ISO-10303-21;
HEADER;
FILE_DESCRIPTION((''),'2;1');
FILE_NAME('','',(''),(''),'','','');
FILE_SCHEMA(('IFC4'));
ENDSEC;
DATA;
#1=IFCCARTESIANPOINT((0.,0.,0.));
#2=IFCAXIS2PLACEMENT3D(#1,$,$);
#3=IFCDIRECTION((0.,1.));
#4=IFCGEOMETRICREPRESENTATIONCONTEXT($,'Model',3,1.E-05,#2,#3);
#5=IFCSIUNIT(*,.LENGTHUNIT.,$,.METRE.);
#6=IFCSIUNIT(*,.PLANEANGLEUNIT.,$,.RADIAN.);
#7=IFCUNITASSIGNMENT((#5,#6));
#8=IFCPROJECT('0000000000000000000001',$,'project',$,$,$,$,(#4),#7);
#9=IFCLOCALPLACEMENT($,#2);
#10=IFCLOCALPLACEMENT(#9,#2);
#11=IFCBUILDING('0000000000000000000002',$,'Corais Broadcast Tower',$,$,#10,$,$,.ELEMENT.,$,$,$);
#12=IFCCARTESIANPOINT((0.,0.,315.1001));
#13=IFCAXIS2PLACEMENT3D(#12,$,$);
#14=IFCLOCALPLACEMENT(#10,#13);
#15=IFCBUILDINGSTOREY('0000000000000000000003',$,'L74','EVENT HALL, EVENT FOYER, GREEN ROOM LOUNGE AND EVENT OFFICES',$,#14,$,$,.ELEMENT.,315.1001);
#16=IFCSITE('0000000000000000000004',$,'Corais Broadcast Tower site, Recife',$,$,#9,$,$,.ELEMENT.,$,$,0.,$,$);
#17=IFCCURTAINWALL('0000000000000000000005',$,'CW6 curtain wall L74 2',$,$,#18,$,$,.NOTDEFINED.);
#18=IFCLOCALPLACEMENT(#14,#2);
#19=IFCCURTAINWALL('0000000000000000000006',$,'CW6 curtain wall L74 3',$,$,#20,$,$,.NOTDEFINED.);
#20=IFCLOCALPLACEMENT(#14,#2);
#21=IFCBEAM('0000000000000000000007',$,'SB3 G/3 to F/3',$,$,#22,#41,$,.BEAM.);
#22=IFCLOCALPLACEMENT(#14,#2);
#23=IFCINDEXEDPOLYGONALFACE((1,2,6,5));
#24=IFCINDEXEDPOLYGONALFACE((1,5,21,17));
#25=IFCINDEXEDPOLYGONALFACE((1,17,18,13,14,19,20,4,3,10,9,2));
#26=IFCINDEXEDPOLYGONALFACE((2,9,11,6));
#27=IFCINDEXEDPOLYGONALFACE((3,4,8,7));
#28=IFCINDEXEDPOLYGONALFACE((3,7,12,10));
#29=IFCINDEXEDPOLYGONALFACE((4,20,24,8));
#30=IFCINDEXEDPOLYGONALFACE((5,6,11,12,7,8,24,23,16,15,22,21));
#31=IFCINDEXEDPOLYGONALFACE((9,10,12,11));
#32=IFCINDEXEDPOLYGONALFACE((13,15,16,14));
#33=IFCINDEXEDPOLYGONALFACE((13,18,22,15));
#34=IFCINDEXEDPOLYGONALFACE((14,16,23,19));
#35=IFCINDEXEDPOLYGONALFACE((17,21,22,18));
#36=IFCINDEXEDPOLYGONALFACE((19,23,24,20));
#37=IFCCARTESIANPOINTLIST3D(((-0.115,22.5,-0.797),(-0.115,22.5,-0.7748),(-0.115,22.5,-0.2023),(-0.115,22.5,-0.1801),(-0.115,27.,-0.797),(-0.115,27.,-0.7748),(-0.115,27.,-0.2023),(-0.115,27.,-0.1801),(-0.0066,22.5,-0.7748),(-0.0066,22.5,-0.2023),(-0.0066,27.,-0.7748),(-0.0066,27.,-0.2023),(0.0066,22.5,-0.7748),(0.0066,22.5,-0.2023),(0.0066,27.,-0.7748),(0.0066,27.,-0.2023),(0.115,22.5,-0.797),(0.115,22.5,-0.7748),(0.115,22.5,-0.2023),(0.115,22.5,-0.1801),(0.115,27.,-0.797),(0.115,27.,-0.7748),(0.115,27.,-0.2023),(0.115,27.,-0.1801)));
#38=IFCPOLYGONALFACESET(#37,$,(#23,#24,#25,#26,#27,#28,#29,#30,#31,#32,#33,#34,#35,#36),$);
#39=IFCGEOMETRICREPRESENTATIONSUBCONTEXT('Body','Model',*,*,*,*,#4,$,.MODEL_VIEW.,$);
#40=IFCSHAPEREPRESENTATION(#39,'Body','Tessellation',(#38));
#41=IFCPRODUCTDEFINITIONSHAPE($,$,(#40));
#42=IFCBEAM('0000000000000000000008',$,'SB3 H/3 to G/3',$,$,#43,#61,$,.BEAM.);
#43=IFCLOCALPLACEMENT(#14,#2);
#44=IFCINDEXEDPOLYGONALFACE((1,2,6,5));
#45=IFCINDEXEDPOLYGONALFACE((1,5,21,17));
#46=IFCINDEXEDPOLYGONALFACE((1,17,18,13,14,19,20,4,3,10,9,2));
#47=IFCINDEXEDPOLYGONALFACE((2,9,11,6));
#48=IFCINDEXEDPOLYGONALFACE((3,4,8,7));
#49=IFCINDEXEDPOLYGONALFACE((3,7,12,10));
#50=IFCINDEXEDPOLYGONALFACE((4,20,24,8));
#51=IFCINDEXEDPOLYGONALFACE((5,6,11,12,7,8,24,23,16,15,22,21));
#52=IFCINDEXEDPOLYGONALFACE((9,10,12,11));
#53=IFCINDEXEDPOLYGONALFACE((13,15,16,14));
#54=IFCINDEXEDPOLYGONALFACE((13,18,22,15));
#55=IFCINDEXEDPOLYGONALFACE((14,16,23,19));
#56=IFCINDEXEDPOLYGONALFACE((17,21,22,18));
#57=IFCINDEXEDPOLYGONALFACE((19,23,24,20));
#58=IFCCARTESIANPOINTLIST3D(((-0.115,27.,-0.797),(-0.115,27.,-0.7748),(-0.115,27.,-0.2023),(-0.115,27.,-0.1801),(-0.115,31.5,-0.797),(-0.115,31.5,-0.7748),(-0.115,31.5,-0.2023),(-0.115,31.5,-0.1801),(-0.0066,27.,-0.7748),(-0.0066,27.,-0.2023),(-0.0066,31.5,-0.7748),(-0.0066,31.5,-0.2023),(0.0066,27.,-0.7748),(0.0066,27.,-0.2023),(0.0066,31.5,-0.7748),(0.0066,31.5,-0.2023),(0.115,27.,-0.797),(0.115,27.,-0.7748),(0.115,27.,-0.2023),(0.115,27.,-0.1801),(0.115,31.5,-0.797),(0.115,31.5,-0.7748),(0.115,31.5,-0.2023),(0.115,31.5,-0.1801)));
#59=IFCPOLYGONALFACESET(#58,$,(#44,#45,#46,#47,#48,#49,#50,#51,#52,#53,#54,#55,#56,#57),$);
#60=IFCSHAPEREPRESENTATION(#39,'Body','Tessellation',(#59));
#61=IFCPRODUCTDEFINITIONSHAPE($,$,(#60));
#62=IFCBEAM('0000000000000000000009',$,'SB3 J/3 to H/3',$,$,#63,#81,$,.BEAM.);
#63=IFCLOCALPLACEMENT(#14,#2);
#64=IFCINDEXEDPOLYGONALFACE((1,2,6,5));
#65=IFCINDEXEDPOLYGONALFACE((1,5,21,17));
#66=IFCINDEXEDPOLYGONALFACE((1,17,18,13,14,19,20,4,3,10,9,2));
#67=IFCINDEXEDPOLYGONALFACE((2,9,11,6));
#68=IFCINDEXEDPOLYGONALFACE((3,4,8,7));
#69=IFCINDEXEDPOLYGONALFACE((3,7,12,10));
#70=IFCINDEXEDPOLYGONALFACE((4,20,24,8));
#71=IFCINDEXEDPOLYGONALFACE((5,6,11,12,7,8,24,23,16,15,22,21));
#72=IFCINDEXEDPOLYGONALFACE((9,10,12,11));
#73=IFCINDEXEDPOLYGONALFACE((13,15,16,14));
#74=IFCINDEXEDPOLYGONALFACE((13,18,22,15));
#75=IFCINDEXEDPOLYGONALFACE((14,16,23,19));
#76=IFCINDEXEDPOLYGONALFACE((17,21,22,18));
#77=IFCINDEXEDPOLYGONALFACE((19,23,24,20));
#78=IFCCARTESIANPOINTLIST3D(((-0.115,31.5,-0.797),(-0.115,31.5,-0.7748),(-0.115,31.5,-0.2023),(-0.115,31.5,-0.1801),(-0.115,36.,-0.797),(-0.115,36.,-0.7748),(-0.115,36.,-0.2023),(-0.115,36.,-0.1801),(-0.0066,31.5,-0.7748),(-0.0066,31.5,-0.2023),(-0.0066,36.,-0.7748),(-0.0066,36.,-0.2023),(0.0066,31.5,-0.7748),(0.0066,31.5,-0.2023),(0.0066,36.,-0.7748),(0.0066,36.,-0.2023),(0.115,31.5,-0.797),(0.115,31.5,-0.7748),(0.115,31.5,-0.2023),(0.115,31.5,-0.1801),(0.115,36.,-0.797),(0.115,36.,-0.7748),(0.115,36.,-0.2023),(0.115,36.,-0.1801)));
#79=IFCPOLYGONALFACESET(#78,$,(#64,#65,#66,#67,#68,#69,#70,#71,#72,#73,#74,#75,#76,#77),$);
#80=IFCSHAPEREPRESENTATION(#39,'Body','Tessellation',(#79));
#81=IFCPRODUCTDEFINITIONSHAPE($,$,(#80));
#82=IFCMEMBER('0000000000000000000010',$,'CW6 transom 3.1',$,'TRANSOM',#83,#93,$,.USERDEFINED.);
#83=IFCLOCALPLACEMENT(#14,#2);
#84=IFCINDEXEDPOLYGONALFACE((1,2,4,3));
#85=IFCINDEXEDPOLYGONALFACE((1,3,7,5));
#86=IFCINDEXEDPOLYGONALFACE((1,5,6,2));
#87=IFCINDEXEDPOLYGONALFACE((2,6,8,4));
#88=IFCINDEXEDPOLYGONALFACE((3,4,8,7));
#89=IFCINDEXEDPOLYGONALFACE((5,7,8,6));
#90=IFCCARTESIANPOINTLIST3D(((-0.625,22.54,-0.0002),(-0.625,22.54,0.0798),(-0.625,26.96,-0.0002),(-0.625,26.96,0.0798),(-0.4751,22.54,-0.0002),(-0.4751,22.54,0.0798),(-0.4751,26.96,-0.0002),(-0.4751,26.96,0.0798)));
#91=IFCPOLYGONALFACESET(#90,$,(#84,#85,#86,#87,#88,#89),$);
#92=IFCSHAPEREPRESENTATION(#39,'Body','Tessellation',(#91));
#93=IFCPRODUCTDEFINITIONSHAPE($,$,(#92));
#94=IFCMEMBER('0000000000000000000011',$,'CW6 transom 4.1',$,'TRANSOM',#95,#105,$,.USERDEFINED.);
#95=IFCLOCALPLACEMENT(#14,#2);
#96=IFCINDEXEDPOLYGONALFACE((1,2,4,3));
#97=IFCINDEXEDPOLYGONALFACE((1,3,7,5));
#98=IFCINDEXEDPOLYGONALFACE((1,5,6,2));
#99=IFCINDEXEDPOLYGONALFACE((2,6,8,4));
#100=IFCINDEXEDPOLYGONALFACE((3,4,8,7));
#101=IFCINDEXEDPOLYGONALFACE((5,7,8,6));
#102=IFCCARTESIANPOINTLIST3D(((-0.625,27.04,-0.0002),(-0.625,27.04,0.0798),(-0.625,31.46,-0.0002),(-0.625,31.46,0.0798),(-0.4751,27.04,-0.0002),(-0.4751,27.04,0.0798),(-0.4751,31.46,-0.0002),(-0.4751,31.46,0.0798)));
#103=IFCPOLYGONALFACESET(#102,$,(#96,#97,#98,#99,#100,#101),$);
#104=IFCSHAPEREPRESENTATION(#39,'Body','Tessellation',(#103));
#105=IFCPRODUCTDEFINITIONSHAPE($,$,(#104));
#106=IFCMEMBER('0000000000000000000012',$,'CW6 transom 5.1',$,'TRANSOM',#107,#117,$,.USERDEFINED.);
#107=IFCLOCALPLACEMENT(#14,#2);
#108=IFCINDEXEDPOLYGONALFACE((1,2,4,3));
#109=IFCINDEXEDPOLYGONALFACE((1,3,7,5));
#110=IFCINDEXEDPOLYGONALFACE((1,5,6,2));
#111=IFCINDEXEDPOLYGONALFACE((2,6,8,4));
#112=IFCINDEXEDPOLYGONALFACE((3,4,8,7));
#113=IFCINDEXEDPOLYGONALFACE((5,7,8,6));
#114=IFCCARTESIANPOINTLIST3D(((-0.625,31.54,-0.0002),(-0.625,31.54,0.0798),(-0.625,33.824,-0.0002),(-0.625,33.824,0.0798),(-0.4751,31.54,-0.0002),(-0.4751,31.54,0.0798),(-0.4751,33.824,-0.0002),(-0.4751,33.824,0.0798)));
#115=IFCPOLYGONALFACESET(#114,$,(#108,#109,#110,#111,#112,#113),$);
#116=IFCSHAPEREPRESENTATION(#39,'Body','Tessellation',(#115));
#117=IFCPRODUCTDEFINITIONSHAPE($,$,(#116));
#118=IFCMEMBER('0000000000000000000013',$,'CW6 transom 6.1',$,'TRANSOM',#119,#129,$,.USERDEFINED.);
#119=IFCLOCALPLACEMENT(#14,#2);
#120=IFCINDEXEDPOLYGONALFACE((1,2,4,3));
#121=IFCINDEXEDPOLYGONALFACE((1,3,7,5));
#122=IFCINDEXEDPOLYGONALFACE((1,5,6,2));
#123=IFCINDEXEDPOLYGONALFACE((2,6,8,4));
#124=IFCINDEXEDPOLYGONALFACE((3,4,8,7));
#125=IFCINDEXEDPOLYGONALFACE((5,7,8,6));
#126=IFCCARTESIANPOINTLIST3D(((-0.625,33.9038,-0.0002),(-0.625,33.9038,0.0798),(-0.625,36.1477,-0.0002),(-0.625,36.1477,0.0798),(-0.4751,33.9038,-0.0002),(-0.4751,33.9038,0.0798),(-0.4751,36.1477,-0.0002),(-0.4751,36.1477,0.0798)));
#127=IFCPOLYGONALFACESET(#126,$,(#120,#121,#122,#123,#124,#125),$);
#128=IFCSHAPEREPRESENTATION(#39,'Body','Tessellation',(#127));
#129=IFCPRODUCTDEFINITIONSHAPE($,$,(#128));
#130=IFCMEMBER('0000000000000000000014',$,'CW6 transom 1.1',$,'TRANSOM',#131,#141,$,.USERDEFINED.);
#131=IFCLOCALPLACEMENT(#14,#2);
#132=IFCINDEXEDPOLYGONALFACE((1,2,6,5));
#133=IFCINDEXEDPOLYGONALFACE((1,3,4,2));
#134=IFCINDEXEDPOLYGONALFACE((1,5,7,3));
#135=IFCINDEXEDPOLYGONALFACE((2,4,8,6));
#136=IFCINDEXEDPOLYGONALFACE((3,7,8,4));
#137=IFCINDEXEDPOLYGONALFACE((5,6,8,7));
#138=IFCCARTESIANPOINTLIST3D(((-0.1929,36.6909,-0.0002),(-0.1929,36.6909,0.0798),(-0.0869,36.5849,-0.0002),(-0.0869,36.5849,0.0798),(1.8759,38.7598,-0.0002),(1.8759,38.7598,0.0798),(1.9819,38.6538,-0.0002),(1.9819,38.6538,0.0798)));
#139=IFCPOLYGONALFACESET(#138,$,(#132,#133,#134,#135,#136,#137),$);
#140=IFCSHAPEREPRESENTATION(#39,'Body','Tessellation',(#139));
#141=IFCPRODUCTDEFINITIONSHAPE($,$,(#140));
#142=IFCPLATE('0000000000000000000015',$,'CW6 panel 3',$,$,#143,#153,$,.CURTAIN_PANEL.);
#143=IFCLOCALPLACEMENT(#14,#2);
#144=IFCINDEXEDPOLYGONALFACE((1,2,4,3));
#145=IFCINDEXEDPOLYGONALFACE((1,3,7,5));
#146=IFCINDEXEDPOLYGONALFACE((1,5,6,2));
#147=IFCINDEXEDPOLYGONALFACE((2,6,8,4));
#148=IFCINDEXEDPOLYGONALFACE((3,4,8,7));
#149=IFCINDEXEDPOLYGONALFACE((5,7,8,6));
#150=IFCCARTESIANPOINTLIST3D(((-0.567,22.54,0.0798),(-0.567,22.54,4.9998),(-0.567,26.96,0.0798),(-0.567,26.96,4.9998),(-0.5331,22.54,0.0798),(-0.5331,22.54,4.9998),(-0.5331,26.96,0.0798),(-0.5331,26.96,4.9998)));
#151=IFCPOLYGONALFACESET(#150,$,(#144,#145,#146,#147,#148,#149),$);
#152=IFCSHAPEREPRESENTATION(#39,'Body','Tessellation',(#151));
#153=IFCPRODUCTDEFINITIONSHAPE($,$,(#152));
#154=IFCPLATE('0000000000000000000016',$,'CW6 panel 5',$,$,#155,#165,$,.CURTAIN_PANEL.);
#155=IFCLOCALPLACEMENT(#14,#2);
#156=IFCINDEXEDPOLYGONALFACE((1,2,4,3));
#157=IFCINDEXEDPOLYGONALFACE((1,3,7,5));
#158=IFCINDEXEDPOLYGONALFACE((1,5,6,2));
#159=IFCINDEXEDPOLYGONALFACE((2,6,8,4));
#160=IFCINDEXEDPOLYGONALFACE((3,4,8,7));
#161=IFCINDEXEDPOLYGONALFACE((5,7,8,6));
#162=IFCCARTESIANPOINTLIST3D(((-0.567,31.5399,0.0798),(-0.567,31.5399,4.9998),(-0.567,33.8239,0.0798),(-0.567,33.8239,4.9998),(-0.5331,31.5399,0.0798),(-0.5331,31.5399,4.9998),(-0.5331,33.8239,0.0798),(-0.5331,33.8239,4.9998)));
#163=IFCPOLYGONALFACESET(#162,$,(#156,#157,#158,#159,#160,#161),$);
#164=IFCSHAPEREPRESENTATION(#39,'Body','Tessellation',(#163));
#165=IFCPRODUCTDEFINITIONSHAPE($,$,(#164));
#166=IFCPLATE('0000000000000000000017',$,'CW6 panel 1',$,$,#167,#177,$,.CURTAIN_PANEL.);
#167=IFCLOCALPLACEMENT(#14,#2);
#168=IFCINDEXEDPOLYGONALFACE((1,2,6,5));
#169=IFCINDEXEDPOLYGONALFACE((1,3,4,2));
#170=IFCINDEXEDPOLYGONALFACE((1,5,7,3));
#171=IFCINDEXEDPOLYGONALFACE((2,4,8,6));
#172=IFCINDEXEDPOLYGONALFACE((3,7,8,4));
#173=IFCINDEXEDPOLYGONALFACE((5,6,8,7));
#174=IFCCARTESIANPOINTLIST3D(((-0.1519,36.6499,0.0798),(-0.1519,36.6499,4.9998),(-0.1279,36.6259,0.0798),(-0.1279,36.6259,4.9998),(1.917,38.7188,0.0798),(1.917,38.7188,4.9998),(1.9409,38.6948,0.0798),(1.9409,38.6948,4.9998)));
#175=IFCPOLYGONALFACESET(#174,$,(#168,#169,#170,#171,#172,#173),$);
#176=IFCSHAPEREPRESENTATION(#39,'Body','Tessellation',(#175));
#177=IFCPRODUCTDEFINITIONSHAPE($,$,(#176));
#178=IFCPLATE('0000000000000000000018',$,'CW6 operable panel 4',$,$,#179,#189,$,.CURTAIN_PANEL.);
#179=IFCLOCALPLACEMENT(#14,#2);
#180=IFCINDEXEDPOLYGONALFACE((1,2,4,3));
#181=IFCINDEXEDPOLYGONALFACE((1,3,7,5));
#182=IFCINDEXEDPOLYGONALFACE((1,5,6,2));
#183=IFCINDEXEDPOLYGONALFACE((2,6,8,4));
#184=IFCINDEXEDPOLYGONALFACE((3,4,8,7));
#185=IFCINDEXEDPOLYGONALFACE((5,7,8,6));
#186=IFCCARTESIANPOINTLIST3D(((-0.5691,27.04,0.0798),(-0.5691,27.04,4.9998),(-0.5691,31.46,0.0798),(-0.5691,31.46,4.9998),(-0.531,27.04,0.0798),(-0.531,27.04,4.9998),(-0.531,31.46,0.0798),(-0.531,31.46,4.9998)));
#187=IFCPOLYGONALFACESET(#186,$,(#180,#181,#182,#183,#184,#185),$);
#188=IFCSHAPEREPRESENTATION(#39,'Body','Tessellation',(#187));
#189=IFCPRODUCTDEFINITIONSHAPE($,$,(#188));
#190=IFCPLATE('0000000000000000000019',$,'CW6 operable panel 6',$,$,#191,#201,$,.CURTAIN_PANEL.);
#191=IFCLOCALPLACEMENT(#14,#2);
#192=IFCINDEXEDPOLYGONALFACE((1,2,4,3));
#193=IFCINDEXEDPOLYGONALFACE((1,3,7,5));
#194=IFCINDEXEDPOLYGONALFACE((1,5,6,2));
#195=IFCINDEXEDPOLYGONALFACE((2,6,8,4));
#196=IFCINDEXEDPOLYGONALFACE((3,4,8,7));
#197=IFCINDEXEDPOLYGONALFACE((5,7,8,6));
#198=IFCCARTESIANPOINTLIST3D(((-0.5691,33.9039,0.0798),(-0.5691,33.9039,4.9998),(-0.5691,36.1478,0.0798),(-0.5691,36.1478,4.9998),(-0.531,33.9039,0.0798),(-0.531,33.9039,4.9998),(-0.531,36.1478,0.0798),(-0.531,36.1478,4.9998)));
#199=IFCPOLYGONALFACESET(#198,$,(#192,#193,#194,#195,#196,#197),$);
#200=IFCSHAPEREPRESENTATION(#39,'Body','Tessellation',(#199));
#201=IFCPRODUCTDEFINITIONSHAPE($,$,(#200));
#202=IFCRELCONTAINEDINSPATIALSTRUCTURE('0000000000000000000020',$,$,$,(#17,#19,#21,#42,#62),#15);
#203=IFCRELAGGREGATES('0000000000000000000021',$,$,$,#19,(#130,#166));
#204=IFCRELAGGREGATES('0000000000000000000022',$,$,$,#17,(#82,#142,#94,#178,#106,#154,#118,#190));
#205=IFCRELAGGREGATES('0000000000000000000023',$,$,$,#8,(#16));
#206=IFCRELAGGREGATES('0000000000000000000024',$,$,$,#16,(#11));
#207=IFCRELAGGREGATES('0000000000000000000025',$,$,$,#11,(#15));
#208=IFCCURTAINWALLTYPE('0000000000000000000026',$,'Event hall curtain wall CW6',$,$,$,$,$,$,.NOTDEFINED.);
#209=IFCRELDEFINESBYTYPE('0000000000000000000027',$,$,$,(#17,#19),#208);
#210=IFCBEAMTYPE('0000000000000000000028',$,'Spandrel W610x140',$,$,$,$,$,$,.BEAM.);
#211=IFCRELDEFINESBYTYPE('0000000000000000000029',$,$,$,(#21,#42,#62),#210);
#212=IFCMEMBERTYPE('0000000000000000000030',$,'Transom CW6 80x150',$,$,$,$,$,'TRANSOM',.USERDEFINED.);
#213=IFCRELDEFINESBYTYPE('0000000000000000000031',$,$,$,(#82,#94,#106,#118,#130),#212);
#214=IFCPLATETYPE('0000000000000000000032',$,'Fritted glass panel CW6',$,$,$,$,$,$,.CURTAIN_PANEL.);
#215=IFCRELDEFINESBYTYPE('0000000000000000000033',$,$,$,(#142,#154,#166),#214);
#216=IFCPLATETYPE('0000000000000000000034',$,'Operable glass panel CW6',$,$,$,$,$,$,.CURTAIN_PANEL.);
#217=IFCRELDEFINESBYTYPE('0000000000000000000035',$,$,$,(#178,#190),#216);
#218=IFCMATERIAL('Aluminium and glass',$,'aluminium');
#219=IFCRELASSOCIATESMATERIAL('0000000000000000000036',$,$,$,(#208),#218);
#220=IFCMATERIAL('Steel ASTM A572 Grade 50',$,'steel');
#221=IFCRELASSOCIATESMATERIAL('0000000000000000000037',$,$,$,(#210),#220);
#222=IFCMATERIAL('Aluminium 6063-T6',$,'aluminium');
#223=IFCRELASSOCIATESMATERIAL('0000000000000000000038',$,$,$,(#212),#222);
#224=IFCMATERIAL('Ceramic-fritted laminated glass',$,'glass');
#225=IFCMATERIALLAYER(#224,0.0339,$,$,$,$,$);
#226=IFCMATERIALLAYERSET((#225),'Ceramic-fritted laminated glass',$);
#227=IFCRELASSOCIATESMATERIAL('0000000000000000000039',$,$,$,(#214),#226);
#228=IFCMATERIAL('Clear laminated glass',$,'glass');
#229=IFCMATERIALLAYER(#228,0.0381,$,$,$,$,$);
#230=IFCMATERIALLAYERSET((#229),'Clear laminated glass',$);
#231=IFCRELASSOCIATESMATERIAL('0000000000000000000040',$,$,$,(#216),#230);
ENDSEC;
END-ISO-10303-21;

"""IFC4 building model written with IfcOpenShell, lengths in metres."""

from ifc_helpers import new_model, si_unit, direction, frame, origin, origin_2d, place, context, subcontext, project, spatial, rectangle, i_section, extrude, material, layer, layer_set, material_profile, profile_set, type_object, element, aggregate, save


model = new_model("IFC4")

# Units and contexts
model_context = context("Model", 3, precision=1e-05, world=origin(), true_north=direction((0.0, 1.0)))
body_context = subcontext(model_context, "Body", "Model", "MODEL_VIEW")
ifc_project = project(units=[si_unit("LENGTHUNIT", "METRE"), si_unit("PLANEANGLEUNIT", "RADIAN")], contexts=[model_context])

# Site, building, storey
site_placement = place(None, origin())
site = spatial("IfcSite", under=ifc_project, at=site_placement, Name="Corais Broadcast Tower site, Recife", CompositionType="ELEMENT", RefElevation=0.0)
building_placement = place(site_placement, origin())
building = spatial("IfcBuilding", under=site, at=building_placement, Name="Corais Broadcast Tower", CompositionType="ELEMENT")
storey_placement = place(building_placement, frame((0.0, 0.0, 315.1001)))
storey = spatial("IfcBuildingStorey", under=building, at=storey_placement, Name="L74", Description="EVENT HALL, EVENT FOYER, GREEN ROOM LOUNGE AND EVENT OFFICES", CompositionType="ELEMENT", Elevation=315.1001)

# Curtain wall
ifc_material_1 = material(Name="Aluminium and glass", Category="aluminium")
curtain_wall_type = type_object("IfcCurtainWallType", Name="Event hall curtain wall CW6", PredefinedType="NOTDEFINED", material=ifc_material_1)
curtain_wall_1_placement = place(storey_placement, origin())
curtain_wall_1 = element("IfcCurtainWall", 1, at=curtain_wall_1_placement, inside=storey, type_object=curtain_wall_type, Name="CW6 curtain wall L74 2", PredefinedType="NOTDEFINED")

# Curtain wall
curtain_wall_2_placement = place(storey_placement, origin())
curtain_wall_2 = element("IfcCurtainWall", 2, at=curtain_wall_2_placement, inside=storey, type_object=curtain_wall_type, Name="CW6 curtain wall L74 3", PredefinedType="NOTDEFINED")

# Beams
ifc_material_2 = material(Name="Steel ASTM A572 Grade 50", Category="steel")
ifc_material_profile_1 = material_profile(ifc_material_2, i_section(OverallWidth=0.23, OverallDepth=0.6169, WebThickness=0.0132, FlangeThickness=0.0222, at=origin_2d()), Name="W610x140")
ifc_profile_set_1 = profile_set([ifc_material_profile_1], Name="Steel ASTM A572 Grade 50")
beam_type_1 = type_object("IfcBeamType", Name="Spandrel W610x140", PredefinedType="BEAM", material=ifc_profile_set_1)
for number, where, z_axis, x_axis, name in (
    (3, (0.0, 27.0, -0.4885), (0.0, -1.0, 0.0), (1.0, 0.0, 0.0), "SB3 G/3 to F/3"),
    (4, (0.0, 31.5, -0.4885), (0.0, -1.0, 0.0), (1.0, 0.0, 0.0), "SB3 H/3 to G/3"),
    (5, (0.0, 36.0, -0.4885), (0.0, -1.0, 0.0), (1.0, 0.0, 0.0), "SB3 J/3 to H/3"),
):
    element("IfcBeam", number, at=place(storey_placement, frame(where, z_axis=z_axis, x_axis=x_axis)), inside=storey, type_object=beam_type_1, Name=name, PredefinedType="BEAM", context=body_context, shape_type="SweptSolid", body=[
        extrude(i_section(OverallWidth=0.23, OverallDepth=0.6169, WebThickness=0.0132, FlangeThickness=0.0222, at=origin_2d()), origin(), (0.0, 0.0, 1.0), 4.5),
    ])

# Members
ifc_material_3 = material(Name="Aluminium 6063-T6", Category="aluminium")
ifc_material_profile_2 = material_profile(ifc_material_3, rectangle(XDim=0.1499, YDim=0.0801, at=origin_2d()), Name="Transom CW6 80x150")
ifc_profile_set_2 = profile_set([ifc_material_profile_2], Name="Aluminium 6063-T6")
member_type_1 = type_object("IfcMemberType", Name="Transom CW6 80x150", ElementType="TRANSOM", PredefinedType="USERDEFINED", material=ifc_profile_set_2)
member_1_placement = place(storey_placement, frame((-0.55, 22.54, 0.0398), z_axis=(0.0, 1.0, 0.0), x_axis=(-1.0, 0.0, 0.0)))
member_1 = element("IfcMember", 6, at=member_1_placement, type_object=member_type_1, Name="CW6 transom 3.1", ObjectType="TRANSOM", PredefinedType="USERDEFINED", context=body_context, shape_type="SweptSolid", body=[
    extrude(rectangle(XDim=0.1499, YDim=0.0801, at=origin_2d()), origin(), (0.0, 0.0, 1.0), 4.4199),
])
member_2_placement = place(storey_placement, frame((-0.55, 27.04, 0.0398), z_axis=(0.0, 1.0, 0.0), x_axis=(-1.0, 0.0, 0.0)))
member_2 = element("IfcMember", 7, at=member_2_placement, type_object=member_type_1, Name="CW6 transom 4.1", ObjectType="TRANSOM", PredefinedType="USERDEFINED", context=body_context, shape_type="SweptSolid", body=[
    extrude(rectangle(XDim=0.1499, YDim=0.0801, at=origin_2d()), origin(), (0.0, 0.0, 1.0), 4.4199),
])
member_3_placement = place(storey_placement, frame((-0.55, 31.54, 0.0398), z_axis=(0.0, 1.0, 0.0), x_axis=(-1.0, 0.0, 0.0)))
member_3 = element("IfcMember", 8, at=member_3_placement, type_object=member_type_1, Name="CW6 transom 5.1", ObjectType="TRANSOM", PredefinedType="USERDEFINED", context=body_context, shape_type="SweptSolid", body=[
    extrude(rectangle(XDim=0.1499, YDim=0.0801, at=origin_2d()), origin(), (0.0, 0.0, 1.0), 2.2839),
])
member_4_placement = place(storey_placement, frame((-0.55, 33.9038, 0.0398), z_axis=(0.0, 1.0, 0.0), x_axis=(-1.0, 0.0, 0.0)))
member_4 = element("IfcMember", 9, at=member_4_placement, type_object=member_type_1, Name="CW6 transom 6.1", ObjectType="TRANSOM", PredefinedType="USERDEFINED", context=body_context, shape_type="SweptSolid", body=[
    extrude(rectangle(XDim=0.1499, YDim=0.0801, at=origin_2d()), origin(), (0.0, 0.0, 1.0), 2.2439),
])
member_5_placement = place(storey_placement, frame((-0.1399, 36.6379, 0.0398), z_axis=(0.707107, 0.707107, 0.0), x_axis=(-0.707107, 0.707107, 0.0)))
member_5 = element("IfcMember", 10, at=member_5_placement, type_object=member_type_1, Name="CW6 transom 1.1", ObjectType="TRANSOM", PredefinedType="USERDEFINED", context=body_context, shape_type="SweptSolid", body=[
    extrude(rectangle(XDim=0.1499, YDim=0.0801, at=origin_2d()), origin(), (0.0, 0.0, 1.0), 2.9258),
])

# Plates
ifc_material_4 = material(Name="Ceramic-fritted laminated glass", Category="glass")
ifc_layer_1 = layer(ifc_material_4, 0.0339)
ifc_layer_set_1 = layer_set([ifc_layer_1], Name="Ceramic-fritted laminated glass")
plate_type_1 = type_object("IfcPlateType", Name="Fritted glass panel CW6", PredefinedType="CURTAIN_PANEL", material=ifc_layer_set_1)
plate_1_placement = place(storey_placement, frame((-0.55, 24.75, 0.0798), z_axis=(0.0, 0.0, 1.0), x_axis=(0.0, 1.0, 0.0)))
plate_1 = element("IfcPlate", 11, at=plate_1_placement, type_object=plate_type_1, Name="CW6 panel 3", PredefinedType="CURTAIN_PANEL", context=body_context, shape_type="SweptSolid", body=[
    extrude(rectangle(XDim=4.4199, YDim=0.0339, at=origin_2d()), origin(), (0.0, 0.0, 1.0), 4.9199),
])
plate_2_placement = place(storey_placement, frame((-0.55, 32.6819, 0.0798), z_axis=(0.0, 0.0, 1.0), x_axis=(0.0, 1.0, 0.0)))
plate_2 = element("IfcPlate", 12, at=plate_2_placement, type_object=plate_type_1, Name="CW6 panel 5", PredefinedType="CURTAIN_PANEL", context=body_context, shape_type="SweptSolid", body=[
    extrude(rectangle(XDim=2.2839, YDim=0.0339, at=origin_2d()), origin(), (0.0, 0.0, 1.0), 4.9199),
])
plate_3_placement = place(storey_placement, frame((0.8945, 37.6724, 0.0798), z_axis=(0.0, 0.0, 1.0), x_axis=(0.707107, 0.707107, 0.0)))
plate_3 = element("IfcPlate", 13, at=plate_3_placement, type_object=plate_type_1, Name="CW6 panel 1", PredefinedType="CURTAIN_PANEL", context=body_context, shape_type="SweptSolid", body=[
    extrude(rectangle(XDim=2.9258, YDim=0.0339, at=origin_2d()), origin(), (0.0, 0.0, 1.0), 4.9199),
])
aggregate(curtain_wall_2, [member_5, plate_3])
ifc_material_5 = material(Name="Clear laminated glass", Category="glass")
ifc_layer_2 = layer(ifc_material_5, 0.0381)
ifc_layer_set_2 = layer_set([ifc_layer_2], Name="Clear laminated glass")
plate_type_2 = type_object("IfcPlateType", Name="Operable glass panel CW6", PredefinedType="CURTAIN_PANEL", material=ifc_layer_set_2)
plate_4_placement = place(storey_placement, frame((-0.55, 29.25, 0.0798), z_axis=(0.0, 0.0, 1.0), x_axis=(0.0, 1.0, 0.0)))
plate_4 = element("IfcPlate", 14, at=plate_4_placement, type_object=plate_type_2, Name="CW6 operable panel 4", PredefinedType="CURTAIN_PANEL", context=body_context, shape_type="SweptSolid", body=[
    extrude(rectangle(XDim=4.4199, YDim=0.0381, at=origin_2d()), origin(), (0.0, 0.0, 1.0), 4.9199),
])
plate_5_placement = place(storey_placement, frame((-0.55, 35.0259, 0.0798), z_axis=(0.0, 0.0, 1.0), x_axis=(0.0, 1.0, 0.0)))
plate_5 = element("IfcPlate", 15, at=plate_5_placement, type_object=plate_type_2, Name="CW6 operable panel 6", PredefinedType="CURTAIN_PANEL", context=body_context, shape_type="SweptSolid", body=[
    extrude(rectangle(XDim=2.2439, YDim=0.0381, at=origin_2d()), origin(), (0.0, 0.0, 1.0), 4.9199),
])
aggregate(curtain_wall_1, [member_1, plate_1, member_2, plate_4, member_3, plate_2, member_4, plate_5])

save(model, "model.ifc")
